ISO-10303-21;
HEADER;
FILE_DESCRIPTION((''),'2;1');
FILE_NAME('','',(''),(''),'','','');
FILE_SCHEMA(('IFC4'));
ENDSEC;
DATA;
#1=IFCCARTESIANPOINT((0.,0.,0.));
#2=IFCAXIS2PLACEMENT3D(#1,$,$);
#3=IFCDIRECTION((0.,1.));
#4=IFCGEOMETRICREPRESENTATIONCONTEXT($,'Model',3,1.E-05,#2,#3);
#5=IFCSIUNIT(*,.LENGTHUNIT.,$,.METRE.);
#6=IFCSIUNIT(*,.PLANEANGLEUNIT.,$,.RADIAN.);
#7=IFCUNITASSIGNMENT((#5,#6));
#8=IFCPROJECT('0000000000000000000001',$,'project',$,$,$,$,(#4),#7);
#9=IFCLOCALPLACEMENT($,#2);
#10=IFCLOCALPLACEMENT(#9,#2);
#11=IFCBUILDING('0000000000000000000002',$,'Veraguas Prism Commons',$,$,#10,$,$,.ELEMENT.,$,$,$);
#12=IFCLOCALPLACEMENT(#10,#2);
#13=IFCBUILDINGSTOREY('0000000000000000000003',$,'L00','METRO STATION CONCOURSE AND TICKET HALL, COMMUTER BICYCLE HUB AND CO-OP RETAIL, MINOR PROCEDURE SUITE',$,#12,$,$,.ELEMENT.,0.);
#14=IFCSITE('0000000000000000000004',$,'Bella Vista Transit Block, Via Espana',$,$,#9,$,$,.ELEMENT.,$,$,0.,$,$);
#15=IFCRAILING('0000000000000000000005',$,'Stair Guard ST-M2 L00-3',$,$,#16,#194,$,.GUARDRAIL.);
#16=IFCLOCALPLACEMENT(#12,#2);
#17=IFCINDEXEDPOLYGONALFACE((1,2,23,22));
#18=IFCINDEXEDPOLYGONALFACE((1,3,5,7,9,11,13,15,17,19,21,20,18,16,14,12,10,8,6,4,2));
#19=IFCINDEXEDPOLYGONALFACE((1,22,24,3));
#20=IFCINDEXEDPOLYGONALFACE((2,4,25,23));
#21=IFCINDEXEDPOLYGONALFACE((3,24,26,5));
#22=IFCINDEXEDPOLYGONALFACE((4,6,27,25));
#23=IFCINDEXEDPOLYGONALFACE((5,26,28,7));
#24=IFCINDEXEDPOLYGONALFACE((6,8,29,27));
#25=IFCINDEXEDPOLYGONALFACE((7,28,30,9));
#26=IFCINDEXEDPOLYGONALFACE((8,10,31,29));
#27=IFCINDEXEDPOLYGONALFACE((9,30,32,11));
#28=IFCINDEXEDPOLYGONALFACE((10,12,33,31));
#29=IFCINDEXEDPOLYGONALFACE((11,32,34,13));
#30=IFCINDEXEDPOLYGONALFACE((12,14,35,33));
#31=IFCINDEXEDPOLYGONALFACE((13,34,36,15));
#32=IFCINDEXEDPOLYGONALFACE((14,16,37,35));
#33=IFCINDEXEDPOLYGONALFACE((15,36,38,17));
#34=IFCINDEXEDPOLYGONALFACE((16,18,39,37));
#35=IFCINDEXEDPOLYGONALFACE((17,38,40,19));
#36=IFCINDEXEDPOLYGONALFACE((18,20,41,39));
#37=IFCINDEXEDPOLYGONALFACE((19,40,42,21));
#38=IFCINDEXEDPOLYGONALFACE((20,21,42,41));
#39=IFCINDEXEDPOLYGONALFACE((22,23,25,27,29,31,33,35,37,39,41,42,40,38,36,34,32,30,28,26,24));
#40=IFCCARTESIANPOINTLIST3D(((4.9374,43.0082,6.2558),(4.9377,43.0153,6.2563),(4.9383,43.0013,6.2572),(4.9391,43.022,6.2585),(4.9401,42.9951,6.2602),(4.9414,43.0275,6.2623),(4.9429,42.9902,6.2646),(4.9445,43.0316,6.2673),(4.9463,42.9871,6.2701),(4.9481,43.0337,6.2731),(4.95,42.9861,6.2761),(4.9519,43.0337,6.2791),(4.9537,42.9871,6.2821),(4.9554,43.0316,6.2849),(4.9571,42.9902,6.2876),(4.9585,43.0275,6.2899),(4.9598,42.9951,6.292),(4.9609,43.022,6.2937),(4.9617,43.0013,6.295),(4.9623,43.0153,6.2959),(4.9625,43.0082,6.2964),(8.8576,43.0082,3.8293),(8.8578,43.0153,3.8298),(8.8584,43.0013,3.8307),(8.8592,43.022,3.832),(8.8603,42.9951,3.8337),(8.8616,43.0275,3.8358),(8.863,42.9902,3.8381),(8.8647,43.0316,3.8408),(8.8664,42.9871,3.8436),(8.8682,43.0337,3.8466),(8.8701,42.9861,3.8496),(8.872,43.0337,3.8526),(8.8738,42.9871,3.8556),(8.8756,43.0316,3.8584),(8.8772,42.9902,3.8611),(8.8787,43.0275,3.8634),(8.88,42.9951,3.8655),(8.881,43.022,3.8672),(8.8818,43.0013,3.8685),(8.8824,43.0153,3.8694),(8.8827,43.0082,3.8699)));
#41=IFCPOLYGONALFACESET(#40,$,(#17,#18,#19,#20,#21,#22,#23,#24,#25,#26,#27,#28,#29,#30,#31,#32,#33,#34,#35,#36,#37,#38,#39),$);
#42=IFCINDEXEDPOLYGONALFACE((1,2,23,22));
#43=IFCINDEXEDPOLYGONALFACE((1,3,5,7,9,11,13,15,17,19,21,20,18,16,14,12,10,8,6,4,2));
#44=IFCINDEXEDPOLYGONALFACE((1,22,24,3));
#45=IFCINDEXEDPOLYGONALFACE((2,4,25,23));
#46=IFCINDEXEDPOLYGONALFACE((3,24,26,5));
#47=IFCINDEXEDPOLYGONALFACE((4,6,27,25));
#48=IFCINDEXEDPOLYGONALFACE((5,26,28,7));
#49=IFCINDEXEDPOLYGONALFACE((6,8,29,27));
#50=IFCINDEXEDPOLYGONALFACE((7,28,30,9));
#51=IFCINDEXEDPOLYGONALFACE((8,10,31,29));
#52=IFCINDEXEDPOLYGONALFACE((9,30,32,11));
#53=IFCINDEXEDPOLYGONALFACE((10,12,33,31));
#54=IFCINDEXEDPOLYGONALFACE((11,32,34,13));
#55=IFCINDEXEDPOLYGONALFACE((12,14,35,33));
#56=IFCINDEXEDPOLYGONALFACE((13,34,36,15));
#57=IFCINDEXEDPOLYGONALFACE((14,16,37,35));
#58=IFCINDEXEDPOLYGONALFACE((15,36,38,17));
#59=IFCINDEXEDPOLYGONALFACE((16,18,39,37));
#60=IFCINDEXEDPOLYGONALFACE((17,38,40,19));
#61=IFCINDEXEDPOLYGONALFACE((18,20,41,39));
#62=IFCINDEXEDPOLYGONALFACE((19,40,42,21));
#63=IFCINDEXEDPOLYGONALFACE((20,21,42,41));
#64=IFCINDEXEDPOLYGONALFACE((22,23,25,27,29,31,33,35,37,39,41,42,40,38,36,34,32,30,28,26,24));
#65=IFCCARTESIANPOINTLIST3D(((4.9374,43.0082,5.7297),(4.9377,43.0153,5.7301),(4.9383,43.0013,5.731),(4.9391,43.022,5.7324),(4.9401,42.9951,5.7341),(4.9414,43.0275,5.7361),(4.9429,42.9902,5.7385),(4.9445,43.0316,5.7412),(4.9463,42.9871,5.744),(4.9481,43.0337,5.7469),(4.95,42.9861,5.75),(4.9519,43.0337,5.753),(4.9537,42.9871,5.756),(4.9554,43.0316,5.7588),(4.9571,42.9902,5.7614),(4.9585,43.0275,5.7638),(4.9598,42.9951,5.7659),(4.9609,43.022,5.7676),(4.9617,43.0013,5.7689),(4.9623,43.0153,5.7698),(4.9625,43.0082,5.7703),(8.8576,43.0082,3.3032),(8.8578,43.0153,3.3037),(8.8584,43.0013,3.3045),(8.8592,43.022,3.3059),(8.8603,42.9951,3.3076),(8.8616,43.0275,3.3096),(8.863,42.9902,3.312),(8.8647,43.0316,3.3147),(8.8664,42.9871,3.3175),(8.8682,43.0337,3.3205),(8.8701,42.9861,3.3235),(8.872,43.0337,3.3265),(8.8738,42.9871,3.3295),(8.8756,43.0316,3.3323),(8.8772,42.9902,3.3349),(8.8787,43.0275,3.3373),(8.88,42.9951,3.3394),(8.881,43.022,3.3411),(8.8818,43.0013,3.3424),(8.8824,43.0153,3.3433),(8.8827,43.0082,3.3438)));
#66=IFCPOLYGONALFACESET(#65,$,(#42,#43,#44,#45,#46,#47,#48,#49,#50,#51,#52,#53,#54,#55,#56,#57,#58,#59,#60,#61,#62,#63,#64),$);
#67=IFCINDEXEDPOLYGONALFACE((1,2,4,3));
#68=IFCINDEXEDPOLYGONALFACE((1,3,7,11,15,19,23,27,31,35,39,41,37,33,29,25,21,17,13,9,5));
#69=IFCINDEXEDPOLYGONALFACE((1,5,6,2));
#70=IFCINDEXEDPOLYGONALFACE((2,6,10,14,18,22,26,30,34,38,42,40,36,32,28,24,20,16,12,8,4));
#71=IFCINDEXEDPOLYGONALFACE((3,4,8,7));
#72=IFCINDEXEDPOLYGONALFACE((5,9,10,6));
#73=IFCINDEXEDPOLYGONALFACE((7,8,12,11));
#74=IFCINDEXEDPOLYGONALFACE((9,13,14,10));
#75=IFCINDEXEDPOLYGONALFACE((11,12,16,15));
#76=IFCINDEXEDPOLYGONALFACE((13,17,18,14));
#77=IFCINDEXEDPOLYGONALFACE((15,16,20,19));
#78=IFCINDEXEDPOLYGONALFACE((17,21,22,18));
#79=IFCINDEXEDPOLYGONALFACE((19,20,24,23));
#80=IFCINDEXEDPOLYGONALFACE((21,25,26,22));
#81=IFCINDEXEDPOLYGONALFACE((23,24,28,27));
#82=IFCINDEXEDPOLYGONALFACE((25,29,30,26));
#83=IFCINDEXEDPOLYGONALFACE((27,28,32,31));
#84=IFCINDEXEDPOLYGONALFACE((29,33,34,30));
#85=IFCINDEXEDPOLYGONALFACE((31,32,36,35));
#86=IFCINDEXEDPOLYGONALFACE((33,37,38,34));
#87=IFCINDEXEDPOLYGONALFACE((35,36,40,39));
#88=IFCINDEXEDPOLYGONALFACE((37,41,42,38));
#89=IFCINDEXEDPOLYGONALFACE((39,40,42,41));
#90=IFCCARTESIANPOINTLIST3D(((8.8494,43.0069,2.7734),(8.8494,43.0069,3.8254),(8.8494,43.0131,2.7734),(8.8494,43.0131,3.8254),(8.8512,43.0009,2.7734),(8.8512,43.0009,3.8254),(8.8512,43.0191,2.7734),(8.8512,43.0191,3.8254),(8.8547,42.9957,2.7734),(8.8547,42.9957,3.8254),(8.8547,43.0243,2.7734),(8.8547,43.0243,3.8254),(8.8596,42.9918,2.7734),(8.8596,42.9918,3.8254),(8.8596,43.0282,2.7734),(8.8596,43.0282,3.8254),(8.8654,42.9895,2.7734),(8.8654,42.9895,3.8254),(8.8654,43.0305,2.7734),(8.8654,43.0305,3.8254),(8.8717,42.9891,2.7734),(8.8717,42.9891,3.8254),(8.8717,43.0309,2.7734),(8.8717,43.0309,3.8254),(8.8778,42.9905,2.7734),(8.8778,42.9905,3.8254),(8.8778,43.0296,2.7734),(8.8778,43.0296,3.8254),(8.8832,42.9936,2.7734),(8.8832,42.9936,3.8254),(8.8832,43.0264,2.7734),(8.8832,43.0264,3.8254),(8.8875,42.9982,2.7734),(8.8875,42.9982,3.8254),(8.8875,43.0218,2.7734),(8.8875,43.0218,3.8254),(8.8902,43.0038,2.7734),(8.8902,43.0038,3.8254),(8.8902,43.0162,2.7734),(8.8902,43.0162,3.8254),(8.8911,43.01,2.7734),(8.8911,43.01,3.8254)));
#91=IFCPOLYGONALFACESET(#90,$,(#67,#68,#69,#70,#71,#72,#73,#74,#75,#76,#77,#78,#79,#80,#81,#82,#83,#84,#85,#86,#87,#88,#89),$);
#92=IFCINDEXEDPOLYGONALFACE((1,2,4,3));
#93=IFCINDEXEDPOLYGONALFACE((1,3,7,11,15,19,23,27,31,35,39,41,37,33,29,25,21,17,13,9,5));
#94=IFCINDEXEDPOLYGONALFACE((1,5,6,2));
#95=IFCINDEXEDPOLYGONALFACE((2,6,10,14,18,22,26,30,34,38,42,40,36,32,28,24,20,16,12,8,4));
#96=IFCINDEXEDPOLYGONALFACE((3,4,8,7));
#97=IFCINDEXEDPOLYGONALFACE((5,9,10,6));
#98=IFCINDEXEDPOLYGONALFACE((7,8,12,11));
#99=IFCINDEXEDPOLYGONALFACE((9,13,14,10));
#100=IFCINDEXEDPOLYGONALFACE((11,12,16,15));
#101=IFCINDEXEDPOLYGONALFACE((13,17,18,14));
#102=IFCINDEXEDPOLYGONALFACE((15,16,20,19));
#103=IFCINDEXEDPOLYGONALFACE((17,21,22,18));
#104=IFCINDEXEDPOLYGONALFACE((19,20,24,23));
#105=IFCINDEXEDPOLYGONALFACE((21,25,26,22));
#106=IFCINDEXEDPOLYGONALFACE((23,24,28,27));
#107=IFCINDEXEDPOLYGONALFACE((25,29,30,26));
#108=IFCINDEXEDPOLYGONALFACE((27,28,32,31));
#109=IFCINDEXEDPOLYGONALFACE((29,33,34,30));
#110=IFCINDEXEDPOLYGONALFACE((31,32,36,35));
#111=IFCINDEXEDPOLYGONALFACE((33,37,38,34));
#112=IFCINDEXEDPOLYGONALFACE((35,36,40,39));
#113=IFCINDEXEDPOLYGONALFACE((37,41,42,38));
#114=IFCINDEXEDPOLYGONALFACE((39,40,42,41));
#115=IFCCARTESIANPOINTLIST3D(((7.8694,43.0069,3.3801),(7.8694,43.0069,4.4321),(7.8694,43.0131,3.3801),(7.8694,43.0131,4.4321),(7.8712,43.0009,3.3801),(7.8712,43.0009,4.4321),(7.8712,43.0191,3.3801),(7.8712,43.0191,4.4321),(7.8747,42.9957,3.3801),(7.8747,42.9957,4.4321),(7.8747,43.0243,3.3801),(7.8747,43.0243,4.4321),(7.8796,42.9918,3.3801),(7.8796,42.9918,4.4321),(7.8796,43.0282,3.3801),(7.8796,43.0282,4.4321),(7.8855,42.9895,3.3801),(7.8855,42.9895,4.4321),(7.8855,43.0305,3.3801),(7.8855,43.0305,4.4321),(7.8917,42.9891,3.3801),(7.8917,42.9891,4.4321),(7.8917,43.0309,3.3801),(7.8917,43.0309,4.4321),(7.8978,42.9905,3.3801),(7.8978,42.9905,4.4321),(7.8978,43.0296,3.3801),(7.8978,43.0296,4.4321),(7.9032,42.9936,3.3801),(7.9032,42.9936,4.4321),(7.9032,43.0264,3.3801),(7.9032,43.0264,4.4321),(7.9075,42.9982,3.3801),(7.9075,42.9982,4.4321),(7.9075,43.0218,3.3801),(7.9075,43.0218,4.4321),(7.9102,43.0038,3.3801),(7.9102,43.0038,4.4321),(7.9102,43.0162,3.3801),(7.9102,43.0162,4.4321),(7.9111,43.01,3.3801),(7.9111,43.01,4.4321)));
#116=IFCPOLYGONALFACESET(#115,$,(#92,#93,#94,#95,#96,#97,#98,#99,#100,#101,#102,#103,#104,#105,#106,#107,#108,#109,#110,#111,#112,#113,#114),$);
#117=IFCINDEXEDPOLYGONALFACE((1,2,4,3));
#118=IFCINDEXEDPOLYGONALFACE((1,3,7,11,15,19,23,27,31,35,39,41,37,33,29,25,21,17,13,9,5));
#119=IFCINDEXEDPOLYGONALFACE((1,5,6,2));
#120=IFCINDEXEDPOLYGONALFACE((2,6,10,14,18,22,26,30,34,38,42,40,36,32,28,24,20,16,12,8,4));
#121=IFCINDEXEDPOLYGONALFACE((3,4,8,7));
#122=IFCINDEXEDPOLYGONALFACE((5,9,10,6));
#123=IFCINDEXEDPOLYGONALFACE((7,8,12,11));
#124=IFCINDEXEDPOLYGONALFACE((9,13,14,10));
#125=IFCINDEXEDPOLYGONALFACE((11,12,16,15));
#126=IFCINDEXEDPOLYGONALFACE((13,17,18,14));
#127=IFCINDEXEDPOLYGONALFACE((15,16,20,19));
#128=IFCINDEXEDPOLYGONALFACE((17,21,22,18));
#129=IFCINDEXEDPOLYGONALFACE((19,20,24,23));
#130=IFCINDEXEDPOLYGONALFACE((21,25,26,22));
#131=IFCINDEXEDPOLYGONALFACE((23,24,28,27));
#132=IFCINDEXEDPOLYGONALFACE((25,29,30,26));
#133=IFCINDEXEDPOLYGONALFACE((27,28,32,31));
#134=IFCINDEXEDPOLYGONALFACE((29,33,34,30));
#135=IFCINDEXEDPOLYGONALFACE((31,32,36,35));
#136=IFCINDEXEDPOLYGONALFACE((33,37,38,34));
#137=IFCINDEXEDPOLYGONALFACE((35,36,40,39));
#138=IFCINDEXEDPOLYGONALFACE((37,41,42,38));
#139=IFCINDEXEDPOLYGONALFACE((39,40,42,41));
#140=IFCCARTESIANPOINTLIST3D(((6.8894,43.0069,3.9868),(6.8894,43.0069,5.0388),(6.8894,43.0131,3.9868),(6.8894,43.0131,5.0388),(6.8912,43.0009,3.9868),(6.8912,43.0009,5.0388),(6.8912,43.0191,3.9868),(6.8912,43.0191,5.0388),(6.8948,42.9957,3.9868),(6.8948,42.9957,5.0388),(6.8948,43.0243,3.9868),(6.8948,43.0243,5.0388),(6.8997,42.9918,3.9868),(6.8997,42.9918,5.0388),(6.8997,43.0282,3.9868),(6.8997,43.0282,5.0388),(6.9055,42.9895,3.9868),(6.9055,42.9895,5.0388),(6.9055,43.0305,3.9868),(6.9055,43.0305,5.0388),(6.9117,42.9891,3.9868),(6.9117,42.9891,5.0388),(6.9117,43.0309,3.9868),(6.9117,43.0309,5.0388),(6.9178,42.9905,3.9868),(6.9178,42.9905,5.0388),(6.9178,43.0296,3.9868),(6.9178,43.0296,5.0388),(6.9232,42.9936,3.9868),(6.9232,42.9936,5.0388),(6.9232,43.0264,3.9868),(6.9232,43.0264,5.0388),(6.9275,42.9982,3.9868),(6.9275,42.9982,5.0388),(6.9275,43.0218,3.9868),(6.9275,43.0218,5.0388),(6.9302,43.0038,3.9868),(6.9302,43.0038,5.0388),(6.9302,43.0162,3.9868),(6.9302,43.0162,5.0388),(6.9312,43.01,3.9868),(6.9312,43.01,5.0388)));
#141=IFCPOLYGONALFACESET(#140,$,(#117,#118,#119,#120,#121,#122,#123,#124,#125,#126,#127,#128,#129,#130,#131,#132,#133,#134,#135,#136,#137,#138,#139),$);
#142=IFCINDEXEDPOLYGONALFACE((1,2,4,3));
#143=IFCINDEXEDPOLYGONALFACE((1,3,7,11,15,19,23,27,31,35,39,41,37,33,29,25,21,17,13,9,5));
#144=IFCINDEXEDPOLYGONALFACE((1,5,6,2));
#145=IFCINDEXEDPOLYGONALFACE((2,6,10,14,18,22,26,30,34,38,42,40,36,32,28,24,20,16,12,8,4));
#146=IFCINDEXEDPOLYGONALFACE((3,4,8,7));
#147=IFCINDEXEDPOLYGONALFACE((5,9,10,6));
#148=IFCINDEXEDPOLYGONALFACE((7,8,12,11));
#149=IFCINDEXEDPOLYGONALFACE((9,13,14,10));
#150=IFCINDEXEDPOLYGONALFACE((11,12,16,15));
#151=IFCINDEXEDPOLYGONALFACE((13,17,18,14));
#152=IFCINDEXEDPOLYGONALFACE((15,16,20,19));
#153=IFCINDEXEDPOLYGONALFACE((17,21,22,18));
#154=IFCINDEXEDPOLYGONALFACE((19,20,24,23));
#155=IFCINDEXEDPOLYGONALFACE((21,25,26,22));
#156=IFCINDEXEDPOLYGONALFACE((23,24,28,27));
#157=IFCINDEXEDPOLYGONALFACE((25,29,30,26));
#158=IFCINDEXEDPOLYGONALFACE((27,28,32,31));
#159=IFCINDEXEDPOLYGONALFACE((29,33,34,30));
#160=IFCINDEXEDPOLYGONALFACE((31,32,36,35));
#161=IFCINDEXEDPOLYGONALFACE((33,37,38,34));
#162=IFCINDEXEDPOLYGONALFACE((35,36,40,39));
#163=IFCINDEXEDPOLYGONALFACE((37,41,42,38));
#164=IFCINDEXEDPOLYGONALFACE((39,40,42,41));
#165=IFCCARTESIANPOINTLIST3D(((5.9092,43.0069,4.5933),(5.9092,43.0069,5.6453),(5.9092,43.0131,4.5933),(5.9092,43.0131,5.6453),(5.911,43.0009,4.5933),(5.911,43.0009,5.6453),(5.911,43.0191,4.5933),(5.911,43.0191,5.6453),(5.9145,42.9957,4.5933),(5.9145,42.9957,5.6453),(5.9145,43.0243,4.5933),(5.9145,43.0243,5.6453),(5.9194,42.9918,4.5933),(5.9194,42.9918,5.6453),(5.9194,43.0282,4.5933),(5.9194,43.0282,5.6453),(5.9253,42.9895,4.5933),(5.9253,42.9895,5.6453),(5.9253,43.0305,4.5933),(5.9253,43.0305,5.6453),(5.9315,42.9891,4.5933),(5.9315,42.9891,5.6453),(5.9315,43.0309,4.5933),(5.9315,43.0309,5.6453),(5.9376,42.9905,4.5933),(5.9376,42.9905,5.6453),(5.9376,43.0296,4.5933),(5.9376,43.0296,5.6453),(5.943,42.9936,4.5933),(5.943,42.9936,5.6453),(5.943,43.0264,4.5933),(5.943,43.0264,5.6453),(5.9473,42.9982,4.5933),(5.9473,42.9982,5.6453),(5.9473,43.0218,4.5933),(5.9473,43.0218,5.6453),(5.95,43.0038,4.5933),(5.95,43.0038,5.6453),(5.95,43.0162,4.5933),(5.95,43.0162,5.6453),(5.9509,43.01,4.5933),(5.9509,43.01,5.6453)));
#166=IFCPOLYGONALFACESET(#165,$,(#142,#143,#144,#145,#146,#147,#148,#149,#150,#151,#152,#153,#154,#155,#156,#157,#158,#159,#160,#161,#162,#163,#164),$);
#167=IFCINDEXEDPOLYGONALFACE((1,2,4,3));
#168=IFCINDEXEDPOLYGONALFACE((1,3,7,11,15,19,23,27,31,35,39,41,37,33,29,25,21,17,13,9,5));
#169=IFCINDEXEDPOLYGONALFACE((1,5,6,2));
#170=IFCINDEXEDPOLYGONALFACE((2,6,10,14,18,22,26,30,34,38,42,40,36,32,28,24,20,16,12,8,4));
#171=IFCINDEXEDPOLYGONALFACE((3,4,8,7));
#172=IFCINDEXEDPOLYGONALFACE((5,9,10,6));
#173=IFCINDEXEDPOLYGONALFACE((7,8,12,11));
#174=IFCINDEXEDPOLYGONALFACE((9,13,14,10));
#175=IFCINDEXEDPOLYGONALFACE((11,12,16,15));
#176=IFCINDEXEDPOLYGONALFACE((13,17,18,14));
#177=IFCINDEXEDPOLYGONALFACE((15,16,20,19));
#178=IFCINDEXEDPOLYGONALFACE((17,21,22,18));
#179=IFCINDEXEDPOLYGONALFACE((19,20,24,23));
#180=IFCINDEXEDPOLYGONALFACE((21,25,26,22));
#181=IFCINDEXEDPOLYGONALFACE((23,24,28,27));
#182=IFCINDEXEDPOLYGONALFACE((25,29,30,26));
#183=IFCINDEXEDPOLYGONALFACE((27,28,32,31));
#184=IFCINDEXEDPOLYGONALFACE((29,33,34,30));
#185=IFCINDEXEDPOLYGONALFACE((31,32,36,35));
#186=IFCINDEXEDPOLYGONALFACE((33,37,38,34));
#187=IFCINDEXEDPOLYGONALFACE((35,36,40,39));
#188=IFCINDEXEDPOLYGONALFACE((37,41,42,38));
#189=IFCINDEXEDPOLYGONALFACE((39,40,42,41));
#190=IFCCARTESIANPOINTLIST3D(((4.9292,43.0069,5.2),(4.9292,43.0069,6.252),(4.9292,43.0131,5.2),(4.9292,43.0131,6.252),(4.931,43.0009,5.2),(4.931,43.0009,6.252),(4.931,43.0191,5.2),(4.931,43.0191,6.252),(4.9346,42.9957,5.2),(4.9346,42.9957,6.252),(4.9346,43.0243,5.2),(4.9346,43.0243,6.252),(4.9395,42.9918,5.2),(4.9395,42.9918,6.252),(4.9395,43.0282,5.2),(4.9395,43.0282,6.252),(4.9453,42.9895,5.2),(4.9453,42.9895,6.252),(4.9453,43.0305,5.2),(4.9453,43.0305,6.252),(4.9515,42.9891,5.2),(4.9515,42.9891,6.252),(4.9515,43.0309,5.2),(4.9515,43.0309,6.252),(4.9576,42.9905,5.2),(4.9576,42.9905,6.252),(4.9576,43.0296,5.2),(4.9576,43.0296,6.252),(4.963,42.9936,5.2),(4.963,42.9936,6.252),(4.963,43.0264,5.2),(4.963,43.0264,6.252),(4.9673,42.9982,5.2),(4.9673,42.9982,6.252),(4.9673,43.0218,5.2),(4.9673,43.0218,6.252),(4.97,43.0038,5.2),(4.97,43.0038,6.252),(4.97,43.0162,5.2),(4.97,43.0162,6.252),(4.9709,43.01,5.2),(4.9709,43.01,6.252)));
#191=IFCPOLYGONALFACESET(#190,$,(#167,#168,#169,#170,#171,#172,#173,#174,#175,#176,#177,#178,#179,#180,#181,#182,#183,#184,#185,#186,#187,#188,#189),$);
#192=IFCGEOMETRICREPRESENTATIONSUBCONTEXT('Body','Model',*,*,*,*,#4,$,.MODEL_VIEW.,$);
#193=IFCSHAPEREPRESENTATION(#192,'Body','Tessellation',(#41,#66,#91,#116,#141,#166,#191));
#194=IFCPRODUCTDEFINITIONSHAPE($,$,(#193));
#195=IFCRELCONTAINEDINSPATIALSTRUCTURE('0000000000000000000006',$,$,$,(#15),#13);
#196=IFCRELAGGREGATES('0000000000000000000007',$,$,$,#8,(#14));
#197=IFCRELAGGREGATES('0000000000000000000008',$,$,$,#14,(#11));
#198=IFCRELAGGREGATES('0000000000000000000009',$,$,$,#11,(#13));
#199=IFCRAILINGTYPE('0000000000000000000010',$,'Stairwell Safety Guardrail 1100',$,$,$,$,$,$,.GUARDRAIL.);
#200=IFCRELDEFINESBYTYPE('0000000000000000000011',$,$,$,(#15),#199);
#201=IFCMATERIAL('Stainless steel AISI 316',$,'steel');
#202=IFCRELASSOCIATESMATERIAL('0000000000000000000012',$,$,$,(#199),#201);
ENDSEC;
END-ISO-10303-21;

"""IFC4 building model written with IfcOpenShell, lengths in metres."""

from ifc_helpers import new_model, si_unit, direction, frame, origin, origin_2d, place, context, subcontext, project, spatial, circle, extrude, material, type_object, element, save


model = new_model("IFC4")

# Units and contexts
model_context = context("Model", 3, precision=1e-05, world=origin(), true_north=direction((0.0, 1.0)))
body_context = subcontext(model_context, "Body", "Model", "MODEL_VIEW")
ifc_project = project(units=[si_unit("LENGTHUNIT", "METRE"), si_unit("PLANEANGLEUNIT", "RADIAN")], contexts=[model_context])

# Site, building, storey
site_placement = place(None, origin())
site = spatial("IfcSite", under=ifc_project, at=site_placement, Name="Bella Vista Transit Block, Via Espana", CompositionType="ELEMENT", RefElevation=0.0)
building_placement = place(site_placement, origin())
building = spatial("IfcBuilding", under=site, at=building_placement, Name="Veraguas Prism Commons", CompositionType="ELEMENT")
storey_placement = place(building_placement, origin())
storey = spatial("IfcBuildingStorey", under=building, at=storey_placement, Name="L00", Description="METRO STATION CONCOURSE AND TICKET HALL, COMMUTER BICYCLE HUB AND CO-OP RETAIL, MINOR PROCEDURE SUITE", CompositionType="ELEMENT", Elevation=0.0)

# Railing
ifc_material_1 = material(Name="Stainless steel AISI 316", Category="steel")
railing_type_1 = type_object("IfcRailingType", Name="Stairwell Safety Guardrail 1100", PredefinedType="GUARDRAIL", material=ifc_material_1)
railing_1_placement = place(storey_placement, frame((8.8701, 43.01, 2.7734)))
element("IfcRailing", 1, at=railing_1_placement, inside=storey, type_object=railing_type_1, Name="Stair Guard ST-M2 L00-3", PredefinedType="GUARDRAIL", context=body_context, shape_type="SweptSolid", body=[
    extrude(circle(Radius=0.0239, at=origin_2d()), frame((0.0, 0.0, 1.0762), z_axis=(-0.85029, 0.0, 0.526315), x_axis=(0.0, -1.0, 0.0)), (0.0, 0.0, 1.0), 4.6104),
    extrude(circle(Radius=0.0239, at=origin_2d()), frame((0.0, 0.0, 0.55), z_axis=(-0.85029, 0.0, 0.526315), x_axis=(0.0, -1.0, 0.0)), (0.0, 0.0, 1.0), 4.6104),
    extrude(circle(Radius=0.021, at=origin_2d()), origin(), (0.0, 0.0, 1.0), 1.052),
    extrude(circle(Radius=0.021, at=origin_2d()), frame((-0.98, 0.0, 0.6067)), (0.0, 0.0, 1.0), 1.052),
    extrude(circle(Radius=0.021, at=origin_2d()), frame((-1.96, 0.0, 1.2134)), (0.0, 0.0, 1.0), 1.052),
    extrude(circle(Radius=0.021, at=origin_2d()), frame((-2.9402, 0.0, 1.8198)), (0.0, 0.0, 1.0), 1.052),
    extrude(circle(Radius=0.021, at=origin_2d()), frame((-3.9202, 0.0, 2.4265)), (0.0, 0.0, 1.0), 1.052),
])

save(model, "model.ifc")
